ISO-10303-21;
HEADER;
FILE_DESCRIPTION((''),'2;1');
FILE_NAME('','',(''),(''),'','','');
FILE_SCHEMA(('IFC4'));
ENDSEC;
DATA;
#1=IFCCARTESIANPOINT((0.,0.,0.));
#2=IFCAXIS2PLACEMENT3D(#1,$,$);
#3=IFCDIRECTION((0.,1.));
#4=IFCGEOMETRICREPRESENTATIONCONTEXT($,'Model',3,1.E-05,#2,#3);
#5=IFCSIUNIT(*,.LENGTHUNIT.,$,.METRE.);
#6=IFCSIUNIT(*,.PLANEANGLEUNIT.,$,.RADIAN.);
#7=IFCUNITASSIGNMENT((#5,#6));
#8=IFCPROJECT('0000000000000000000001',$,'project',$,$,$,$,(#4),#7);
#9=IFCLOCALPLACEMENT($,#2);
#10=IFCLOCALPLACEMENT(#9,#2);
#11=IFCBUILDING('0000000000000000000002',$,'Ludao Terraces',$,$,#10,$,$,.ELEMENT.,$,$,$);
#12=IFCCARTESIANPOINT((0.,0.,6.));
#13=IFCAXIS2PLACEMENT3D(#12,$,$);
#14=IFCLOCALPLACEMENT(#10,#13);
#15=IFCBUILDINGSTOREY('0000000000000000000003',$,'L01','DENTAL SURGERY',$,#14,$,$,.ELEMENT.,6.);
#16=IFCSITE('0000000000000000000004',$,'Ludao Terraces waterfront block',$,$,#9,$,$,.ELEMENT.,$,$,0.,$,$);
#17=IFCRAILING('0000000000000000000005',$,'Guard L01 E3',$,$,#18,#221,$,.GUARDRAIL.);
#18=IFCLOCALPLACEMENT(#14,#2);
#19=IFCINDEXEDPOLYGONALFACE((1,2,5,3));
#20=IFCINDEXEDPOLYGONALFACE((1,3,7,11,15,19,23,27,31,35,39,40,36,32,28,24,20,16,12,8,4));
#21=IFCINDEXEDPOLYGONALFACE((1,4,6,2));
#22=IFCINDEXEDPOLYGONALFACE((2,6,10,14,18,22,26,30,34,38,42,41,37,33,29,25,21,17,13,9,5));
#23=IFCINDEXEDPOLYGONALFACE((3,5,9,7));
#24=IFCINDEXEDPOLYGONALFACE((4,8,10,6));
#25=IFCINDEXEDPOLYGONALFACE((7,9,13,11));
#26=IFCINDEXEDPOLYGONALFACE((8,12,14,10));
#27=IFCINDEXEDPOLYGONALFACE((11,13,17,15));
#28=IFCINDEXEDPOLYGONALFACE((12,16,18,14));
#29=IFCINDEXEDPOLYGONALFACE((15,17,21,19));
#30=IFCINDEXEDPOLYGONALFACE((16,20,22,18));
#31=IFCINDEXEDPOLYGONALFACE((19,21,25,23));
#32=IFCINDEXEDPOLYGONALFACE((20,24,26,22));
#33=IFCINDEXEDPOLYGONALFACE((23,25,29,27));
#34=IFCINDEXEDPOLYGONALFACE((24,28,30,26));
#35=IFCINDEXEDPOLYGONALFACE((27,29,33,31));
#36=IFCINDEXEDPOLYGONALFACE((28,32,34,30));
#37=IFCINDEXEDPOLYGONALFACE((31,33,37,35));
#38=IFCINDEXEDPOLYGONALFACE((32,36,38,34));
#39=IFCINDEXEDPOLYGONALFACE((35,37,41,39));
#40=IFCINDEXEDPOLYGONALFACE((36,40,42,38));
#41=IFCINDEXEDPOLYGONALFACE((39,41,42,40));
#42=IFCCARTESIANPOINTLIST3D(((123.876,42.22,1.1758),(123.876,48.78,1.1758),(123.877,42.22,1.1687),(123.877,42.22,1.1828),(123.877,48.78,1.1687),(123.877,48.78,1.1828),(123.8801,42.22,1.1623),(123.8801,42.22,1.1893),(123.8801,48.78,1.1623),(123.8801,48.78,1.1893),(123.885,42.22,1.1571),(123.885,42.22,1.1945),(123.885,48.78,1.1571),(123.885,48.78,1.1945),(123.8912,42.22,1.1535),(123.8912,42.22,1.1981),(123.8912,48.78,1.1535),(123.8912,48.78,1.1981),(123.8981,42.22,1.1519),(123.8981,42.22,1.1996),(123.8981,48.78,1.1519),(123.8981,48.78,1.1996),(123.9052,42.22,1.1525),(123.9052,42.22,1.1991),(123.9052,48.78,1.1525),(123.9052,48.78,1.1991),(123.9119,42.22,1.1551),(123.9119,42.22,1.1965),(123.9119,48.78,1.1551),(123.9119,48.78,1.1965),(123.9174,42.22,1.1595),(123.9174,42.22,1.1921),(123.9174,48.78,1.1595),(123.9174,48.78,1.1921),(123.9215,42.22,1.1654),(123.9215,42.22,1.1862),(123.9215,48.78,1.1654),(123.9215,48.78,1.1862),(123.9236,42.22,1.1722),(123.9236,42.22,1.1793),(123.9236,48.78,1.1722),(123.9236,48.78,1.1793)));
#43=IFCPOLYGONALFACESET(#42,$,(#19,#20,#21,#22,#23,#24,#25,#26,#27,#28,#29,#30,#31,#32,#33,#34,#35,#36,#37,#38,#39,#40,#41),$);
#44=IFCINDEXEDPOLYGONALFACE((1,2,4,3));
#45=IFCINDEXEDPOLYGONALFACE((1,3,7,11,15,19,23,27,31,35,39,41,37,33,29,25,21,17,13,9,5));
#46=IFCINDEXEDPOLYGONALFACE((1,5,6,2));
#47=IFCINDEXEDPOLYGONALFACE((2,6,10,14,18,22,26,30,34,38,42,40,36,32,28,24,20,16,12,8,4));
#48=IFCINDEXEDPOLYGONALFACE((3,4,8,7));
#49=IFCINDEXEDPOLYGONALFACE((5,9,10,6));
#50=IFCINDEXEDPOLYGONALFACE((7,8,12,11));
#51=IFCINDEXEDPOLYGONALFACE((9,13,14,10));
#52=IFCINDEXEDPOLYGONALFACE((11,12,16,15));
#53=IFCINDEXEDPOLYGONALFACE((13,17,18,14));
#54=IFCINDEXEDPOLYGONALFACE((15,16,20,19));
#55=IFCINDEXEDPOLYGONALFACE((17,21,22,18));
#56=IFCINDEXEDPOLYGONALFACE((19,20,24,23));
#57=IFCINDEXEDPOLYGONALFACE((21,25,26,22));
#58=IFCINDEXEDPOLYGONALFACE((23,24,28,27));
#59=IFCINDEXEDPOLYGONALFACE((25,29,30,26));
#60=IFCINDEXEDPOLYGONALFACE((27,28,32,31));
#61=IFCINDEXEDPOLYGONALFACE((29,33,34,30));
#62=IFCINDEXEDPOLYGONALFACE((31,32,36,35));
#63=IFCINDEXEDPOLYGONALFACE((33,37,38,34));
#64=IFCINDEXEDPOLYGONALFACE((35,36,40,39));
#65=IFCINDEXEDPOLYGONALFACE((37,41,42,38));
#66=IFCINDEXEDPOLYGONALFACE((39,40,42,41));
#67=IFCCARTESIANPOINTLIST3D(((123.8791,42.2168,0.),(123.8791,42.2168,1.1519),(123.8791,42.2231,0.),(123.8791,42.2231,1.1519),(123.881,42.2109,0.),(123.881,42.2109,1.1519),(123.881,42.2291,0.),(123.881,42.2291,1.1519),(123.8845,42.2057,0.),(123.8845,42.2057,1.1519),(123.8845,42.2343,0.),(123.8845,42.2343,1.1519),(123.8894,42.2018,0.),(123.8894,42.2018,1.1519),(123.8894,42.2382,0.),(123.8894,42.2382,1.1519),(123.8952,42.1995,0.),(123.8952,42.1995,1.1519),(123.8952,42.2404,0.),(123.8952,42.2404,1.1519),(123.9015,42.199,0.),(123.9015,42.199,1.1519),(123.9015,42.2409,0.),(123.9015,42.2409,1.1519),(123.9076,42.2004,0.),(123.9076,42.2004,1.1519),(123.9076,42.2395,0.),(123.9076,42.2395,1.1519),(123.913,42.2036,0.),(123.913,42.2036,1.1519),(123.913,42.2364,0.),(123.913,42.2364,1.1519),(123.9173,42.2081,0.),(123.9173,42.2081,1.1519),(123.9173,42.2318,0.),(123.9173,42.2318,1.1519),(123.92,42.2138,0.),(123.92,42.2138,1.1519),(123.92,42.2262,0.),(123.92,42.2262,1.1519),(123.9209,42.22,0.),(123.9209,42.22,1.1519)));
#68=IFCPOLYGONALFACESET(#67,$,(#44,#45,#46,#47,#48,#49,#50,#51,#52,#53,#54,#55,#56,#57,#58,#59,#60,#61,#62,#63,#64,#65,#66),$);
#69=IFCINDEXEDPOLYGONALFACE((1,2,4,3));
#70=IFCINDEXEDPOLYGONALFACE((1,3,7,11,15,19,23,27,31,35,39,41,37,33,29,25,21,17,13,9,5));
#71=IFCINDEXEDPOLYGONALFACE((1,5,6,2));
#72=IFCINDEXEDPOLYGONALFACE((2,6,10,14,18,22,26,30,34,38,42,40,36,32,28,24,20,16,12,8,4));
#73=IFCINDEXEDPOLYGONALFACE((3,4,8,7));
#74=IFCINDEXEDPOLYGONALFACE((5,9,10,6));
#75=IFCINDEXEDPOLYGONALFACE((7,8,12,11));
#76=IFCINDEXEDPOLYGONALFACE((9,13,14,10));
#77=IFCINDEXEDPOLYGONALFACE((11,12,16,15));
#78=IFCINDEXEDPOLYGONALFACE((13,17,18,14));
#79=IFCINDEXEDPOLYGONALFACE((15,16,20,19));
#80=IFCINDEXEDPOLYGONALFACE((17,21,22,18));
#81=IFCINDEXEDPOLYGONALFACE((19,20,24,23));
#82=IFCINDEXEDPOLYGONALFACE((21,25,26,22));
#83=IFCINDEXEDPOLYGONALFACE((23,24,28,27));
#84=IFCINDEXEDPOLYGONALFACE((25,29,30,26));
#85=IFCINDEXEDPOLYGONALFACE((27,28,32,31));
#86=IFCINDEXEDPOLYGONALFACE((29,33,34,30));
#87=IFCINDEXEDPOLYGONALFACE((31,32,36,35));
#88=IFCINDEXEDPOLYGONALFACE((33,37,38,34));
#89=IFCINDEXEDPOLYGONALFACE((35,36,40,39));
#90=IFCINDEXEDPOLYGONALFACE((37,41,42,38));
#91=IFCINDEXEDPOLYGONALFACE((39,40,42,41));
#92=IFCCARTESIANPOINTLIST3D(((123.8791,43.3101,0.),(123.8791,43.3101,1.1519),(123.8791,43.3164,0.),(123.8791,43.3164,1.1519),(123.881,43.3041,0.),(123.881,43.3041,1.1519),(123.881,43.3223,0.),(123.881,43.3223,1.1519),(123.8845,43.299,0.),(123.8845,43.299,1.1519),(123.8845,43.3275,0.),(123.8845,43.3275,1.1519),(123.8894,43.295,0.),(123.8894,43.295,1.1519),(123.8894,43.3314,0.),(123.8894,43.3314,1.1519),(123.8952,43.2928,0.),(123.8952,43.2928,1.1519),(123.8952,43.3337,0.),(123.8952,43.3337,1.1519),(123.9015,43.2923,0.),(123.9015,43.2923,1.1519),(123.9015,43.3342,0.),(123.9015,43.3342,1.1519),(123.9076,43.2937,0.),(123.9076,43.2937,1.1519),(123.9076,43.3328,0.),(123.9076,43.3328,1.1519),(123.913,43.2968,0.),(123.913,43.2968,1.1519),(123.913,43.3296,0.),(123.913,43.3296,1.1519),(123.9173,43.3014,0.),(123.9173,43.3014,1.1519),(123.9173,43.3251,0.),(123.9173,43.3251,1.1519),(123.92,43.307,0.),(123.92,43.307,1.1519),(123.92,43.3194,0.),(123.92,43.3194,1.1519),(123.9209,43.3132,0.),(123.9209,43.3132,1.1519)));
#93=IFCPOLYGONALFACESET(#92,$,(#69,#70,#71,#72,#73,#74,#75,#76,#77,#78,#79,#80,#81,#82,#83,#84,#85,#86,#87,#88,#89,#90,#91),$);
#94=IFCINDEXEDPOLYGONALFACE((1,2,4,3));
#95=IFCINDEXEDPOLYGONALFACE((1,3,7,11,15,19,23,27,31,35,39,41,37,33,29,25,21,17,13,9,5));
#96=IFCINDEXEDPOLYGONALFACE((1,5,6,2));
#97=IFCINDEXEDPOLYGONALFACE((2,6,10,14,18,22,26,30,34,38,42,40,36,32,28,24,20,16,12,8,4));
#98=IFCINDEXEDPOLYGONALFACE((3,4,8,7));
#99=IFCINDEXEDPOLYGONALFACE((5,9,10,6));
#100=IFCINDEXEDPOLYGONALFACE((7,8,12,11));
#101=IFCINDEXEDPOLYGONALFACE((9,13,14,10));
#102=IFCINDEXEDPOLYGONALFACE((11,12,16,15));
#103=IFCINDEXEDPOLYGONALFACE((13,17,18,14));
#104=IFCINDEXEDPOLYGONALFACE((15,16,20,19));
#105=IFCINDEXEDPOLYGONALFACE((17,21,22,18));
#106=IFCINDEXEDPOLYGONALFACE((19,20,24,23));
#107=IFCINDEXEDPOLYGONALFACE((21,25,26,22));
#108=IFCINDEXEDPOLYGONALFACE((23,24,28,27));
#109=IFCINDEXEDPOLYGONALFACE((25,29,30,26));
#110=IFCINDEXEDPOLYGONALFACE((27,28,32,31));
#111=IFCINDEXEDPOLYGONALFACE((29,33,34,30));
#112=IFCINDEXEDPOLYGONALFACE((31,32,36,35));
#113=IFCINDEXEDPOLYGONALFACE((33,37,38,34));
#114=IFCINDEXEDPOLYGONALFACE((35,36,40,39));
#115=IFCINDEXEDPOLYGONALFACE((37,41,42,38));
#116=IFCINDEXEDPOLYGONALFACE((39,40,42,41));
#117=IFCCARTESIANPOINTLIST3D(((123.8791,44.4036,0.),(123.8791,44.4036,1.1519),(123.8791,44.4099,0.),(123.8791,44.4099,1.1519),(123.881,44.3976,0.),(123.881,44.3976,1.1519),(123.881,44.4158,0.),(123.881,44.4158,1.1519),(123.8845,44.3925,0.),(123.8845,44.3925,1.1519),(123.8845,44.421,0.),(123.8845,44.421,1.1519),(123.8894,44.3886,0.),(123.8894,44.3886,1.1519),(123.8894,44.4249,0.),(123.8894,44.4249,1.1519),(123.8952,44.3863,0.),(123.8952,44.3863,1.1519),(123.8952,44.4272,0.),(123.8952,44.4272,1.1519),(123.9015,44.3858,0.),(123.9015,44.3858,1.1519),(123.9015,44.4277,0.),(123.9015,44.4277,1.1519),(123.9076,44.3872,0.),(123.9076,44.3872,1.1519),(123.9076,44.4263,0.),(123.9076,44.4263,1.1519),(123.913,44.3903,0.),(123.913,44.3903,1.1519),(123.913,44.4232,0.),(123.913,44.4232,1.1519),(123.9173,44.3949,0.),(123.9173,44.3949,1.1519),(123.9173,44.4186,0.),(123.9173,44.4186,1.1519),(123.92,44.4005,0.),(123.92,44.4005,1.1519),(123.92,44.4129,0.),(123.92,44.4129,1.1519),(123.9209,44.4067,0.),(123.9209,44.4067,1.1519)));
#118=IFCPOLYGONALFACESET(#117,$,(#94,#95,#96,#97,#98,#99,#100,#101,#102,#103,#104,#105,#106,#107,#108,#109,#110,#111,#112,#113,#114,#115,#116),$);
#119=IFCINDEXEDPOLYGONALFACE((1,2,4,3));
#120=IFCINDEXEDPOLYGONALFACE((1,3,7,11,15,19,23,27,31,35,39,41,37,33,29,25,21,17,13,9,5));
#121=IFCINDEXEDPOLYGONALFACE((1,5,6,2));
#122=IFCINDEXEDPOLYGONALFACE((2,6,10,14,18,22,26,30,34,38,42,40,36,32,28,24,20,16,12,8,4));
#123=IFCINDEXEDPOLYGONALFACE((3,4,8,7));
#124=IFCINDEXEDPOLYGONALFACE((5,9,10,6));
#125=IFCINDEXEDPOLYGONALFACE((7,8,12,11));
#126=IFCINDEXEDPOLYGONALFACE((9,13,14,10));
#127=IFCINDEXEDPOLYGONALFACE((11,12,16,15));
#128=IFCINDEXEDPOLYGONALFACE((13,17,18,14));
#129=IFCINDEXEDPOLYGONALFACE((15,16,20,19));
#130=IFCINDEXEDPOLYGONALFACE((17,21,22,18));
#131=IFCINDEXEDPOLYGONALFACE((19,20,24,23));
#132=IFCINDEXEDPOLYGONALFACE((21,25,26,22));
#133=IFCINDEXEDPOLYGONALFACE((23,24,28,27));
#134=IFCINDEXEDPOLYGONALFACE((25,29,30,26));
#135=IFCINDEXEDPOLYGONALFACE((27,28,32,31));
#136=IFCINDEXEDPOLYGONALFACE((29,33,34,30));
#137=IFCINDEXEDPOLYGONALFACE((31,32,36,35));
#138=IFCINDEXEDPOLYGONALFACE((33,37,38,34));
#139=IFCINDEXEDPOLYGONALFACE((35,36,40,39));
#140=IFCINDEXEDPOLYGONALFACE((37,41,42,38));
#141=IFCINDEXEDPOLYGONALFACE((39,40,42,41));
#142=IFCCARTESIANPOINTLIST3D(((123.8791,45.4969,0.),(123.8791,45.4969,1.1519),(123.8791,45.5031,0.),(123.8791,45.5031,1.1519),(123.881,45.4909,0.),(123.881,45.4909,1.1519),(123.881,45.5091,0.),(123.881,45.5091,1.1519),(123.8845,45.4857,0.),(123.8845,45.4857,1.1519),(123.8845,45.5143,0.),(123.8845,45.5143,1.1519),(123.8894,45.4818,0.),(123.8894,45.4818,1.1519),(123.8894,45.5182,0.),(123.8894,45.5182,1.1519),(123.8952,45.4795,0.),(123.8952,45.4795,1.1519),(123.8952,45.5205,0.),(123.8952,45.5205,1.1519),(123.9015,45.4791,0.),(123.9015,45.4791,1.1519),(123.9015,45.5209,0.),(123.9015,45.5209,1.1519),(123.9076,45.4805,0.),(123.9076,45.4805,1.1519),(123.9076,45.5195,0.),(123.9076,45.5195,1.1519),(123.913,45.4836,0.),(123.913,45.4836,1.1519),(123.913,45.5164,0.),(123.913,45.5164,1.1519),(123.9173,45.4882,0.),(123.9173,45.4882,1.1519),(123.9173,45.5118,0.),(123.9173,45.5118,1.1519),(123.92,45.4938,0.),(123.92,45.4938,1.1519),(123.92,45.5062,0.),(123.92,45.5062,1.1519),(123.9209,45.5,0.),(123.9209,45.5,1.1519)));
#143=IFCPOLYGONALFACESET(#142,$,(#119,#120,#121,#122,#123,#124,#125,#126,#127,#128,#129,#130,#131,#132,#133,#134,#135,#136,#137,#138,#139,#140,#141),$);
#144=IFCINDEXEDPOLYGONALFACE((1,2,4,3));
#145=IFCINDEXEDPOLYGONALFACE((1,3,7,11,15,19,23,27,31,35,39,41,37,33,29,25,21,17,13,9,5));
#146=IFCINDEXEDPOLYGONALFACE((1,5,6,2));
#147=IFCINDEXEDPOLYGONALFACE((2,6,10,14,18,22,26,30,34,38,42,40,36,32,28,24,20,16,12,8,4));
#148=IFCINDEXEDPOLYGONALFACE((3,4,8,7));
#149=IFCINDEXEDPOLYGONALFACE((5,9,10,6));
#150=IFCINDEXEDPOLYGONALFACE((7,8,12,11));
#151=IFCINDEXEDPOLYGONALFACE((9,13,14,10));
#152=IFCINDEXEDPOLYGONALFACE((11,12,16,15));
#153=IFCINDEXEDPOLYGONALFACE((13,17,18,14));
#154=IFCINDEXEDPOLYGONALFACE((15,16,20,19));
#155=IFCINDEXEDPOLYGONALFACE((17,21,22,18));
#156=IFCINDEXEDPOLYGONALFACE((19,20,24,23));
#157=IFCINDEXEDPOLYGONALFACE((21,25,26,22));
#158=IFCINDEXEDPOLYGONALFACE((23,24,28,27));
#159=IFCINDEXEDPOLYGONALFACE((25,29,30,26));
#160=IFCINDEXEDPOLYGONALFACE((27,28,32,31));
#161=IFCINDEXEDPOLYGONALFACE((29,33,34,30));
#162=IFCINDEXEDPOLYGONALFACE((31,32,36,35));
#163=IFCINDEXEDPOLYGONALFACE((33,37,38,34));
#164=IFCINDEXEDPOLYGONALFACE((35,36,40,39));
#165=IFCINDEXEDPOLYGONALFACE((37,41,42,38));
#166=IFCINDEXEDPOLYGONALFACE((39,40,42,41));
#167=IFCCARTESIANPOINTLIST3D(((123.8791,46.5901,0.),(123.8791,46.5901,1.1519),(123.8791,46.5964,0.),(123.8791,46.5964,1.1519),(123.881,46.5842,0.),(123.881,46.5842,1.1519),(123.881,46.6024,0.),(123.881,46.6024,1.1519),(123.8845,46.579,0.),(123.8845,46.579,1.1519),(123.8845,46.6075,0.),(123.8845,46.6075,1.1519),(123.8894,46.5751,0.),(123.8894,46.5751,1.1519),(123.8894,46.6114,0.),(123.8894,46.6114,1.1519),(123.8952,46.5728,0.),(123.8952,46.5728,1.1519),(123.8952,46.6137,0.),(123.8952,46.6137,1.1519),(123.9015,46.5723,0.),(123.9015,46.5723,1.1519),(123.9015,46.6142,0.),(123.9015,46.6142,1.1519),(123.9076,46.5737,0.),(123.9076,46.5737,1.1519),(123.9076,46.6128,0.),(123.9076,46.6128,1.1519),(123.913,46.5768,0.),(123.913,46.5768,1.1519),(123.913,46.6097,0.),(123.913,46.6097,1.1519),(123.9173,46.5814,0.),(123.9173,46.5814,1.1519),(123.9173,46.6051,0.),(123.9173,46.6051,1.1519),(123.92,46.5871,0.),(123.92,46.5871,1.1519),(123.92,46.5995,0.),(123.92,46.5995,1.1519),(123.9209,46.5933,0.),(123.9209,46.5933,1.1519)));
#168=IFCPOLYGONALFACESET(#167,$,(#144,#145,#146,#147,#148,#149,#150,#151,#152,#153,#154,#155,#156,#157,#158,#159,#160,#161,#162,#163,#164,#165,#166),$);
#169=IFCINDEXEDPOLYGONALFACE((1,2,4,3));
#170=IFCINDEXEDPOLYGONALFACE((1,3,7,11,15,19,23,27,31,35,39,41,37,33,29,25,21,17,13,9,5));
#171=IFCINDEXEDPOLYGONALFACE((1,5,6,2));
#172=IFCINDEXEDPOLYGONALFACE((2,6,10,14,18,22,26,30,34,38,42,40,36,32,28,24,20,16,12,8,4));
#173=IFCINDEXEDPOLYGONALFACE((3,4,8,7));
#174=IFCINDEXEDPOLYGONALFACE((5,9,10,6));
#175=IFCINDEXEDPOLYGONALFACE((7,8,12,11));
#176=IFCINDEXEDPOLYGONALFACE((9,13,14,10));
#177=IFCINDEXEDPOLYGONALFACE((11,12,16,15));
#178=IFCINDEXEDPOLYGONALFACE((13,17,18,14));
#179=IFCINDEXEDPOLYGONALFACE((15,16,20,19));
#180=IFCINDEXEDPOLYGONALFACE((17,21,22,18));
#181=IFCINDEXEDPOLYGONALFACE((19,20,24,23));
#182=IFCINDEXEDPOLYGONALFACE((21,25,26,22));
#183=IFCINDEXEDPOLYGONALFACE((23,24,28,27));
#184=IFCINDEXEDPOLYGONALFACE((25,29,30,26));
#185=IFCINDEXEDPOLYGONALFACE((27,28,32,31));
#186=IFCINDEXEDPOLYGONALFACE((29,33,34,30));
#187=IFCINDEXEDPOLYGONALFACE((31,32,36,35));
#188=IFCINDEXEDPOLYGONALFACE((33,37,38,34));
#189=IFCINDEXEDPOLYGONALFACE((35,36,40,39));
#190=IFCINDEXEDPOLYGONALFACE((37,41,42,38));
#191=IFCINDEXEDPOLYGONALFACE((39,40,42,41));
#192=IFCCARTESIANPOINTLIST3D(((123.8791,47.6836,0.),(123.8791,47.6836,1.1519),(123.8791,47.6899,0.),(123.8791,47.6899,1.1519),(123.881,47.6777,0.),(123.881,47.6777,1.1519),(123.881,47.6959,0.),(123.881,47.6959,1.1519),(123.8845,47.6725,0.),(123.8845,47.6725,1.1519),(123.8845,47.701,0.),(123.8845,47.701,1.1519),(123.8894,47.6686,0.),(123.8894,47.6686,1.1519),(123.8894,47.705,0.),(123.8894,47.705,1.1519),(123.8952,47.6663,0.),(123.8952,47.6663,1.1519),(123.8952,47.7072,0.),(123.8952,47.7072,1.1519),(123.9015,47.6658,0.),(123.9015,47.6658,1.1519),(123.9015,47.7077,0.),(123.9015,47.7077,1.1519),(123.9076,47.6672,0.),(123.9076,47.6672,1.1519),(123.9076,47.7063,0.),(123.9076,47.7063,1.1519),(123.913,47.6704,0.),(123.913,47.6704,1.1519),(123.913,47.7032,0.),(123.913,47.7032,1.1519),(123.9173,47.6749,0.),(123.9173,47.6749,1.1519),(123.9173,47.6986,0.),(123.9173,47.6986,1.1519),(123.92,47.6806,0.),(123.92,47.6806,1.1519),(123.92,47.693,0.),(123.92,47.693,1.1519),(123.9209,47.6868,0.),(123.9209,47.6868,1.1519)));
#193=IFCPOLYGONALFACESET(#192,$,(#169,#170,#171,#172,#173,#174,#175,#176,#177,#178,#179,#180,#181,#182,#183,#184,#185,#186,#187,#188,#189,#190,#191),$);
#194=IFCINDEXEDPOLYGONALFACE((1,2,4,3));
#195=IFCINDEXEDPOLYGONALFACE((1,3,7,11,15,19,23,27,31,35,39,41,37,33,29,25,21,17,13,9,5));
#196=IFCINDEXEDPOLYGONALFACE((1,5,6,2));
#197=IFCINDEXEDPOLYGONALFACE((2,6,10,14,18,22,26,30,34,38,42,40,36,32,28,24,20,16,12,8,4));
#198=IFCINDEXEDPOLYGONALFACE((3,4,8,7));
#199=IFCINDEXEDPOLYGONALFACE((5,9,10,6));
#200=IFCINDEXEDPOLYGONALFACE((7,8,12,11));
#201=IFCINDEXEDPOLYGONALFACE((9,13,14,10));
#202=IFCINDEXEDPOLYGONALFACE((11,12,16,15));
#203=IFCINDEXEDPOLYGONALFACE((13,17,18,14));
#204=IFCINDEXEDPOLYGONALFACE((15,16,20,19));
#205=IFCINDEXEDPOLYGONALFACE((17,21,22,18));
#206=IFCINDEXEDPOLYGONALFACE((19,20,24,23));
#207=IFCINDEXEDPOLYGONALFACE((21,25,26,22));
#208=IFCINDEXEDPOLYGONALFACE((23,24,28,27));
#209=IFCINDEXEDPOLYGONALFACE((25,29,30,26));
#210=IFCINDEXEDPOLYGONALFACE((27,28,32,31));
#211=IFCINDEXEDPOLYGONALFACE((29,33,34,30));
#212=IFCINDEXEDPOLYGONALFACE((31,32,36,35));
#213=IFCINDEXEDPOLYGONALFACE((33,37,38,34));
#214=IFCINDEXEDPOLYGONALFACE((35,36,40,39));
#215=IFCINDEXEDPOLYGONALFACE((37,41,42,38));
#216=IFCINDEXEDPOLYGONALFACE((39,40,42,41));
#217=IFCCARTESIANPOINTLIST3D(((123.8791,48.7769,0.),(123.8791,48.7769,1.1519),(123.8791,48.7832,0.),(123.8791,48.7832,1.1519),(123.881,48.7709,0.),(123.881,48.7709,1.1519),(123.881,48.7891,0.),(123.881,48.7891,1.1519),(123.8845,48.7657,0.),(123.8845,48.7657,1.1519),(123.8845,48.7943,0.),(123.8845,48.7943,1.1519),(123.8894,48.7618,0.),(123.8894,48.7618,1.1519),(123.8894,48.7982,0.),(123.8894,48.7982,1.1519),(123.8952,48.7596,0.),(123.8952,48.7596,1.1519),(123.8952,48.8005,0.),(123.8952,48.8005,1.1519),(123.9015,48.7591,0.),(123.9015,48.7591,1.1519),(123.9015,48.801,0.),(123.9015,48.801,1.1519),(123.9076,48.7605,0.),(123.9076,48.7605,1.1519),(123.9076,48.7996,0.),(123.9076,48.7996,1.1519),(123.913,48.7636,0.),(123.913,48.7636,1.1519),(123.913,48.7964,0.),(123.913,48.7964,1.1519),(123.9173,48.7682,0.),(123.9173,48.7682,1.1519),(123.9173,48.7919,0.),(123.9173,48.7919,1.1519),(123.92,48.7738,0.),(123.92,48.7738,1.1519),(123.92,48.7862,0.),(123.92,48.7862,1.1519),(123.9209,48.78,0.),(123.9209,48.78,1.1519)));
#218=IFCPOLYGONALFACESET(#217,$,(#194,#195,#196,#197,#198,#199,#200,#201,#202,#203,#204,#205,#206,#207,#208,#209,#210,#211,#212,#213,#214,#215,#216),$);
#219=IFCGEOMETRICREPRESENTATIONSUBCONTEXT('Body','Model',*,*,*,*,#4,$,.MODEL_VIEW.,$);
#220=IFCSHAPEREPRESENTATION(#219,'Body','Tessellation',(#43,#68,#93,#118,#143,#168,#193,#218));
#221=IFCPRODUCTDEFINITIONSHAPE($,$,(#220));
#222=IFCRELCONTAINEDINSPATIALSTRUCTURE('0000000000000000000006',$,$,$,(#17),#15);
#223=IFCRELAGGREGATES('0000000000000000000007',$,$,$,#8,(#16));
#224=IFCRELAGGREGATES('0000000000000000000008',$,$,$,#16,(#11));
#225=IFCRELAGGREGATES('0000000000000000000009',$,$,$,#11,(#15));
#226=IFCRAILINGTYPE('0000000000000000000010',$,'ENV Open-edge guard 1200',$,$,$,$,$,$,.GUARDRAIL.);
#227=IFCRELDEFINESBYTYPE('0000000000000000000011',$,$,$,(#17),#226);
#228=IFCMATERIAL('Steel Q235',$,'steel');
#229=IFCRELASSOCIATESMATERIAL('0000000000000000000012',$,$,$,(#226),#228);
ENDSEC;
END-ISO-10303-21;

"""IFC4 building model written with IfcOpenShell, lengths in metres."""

from ifc_helpers import new_model, si_unit, direction, frame, origin, origin_2d, place, context, subcontext, project, spatial, circle, extrude, material, type_object, element, save


model = new_model("IFC4")

# Units and contexts
model_context = context("Model", 3, precision=1e-05, world=origin(), true_north=direction((0.0, 1.0)))
body_context = subcontext(model_context, "Body", "Model", "MODEL_VIEW")
ifc_project = project(units=[si_unit("LENGTHUNIT", "METRE"), si_unit("PLANEANGLEUNIT", "RADIAN")], contexts=[model_context])

# Site, building, storey
site_placement = place(None, origin())
site = spatial("IfcSite", under=ifc_project, at=site_placement, Name="Ludao Terraces waterfront block", CompositionType="ELEMENT", RefElevation=0.0)
building_placement = place(site_placement, origin())
building = spatial("IfcBuilding", under=site, at=building_placement, Name="Ludao Terraces", CompositionType="ELEMENT")
storey_placement = place(building_placement, frame((0.0, 0.0, 6.0)))
storey = spatial("IfcBuildingStorey", under=building, at=storey_placement, Name="L01", Description="DENTAL SURGERY", CompositionType="ELEMENT", Elevation=6.0)

# Shared definitions
ifc_material_1 = material(Name="Steel Q235", Category="steel")

# Railing
railing_type = type_object("IfcRailingType", Name="ENV Open-edge guard 1200", PredefinedType="GUARDRAIL", material=ifc_material_1)
railing_placement = place(storey_placement, frame((123.8999, 42.22, 0.0)))
element("IfcRailing", 1, at=railing_placement, inside=storey, type_object=railing_type, Name="Guard L01 E3", PredefinedType="GUARDRAIL", context=body_context, shape_type="SweptSolid", body=[
    extrude(circle(Radius=0.0239, at=origin_2d()), frame((0.0, 0.0, 1.1758), z_axis=(0.0, 1.0, 0.0), x_axis=(-1.0, 0.0, 0.0)), (0.0, 0.0, 1.0), 6.5601),
    extrude(circle(Radius=0.021, at=origin_2d()), origin(), (0.0, 0.0, 1.0), 1.1519),
    extrude(circle(Radius=0.021, at=origin_2d()), frame((0.0, 1.0933, 0.0)), (0.0, 0.0, 1.0), 1.1519),
    extrude(circle(Radius=0.021, at=origin_2d()), frame((0.0, 2.1868, 0.0)), (0.0, 0.0, 1.0), 1.1519),
    extrude(circle(Radius=0.021, at=origin_2d()), frame((0.0, 3.28, 0.0)), (0.0, 0.0, 1.0), 1.1519),
    extrude(circle(Radius=0.021, at=origin_2d()), frame((0.0, 4.3733, 0.0)), (0.0, 0.0, 1.0), 1.1519),
    extrude(circle(Radius=0.021, at=origin_2d()), frame((0.0, 5.4668, 0.0)), (0.0, 0.0, 1.0), 1.1519),
    extrude(circle(Radius=0.021, at=origin_2d()), frame((0.0, 6.5601, 0.0)), (0.0, 0.0, 1.0), 1.1519),
])

save(model, "model.ifc")
